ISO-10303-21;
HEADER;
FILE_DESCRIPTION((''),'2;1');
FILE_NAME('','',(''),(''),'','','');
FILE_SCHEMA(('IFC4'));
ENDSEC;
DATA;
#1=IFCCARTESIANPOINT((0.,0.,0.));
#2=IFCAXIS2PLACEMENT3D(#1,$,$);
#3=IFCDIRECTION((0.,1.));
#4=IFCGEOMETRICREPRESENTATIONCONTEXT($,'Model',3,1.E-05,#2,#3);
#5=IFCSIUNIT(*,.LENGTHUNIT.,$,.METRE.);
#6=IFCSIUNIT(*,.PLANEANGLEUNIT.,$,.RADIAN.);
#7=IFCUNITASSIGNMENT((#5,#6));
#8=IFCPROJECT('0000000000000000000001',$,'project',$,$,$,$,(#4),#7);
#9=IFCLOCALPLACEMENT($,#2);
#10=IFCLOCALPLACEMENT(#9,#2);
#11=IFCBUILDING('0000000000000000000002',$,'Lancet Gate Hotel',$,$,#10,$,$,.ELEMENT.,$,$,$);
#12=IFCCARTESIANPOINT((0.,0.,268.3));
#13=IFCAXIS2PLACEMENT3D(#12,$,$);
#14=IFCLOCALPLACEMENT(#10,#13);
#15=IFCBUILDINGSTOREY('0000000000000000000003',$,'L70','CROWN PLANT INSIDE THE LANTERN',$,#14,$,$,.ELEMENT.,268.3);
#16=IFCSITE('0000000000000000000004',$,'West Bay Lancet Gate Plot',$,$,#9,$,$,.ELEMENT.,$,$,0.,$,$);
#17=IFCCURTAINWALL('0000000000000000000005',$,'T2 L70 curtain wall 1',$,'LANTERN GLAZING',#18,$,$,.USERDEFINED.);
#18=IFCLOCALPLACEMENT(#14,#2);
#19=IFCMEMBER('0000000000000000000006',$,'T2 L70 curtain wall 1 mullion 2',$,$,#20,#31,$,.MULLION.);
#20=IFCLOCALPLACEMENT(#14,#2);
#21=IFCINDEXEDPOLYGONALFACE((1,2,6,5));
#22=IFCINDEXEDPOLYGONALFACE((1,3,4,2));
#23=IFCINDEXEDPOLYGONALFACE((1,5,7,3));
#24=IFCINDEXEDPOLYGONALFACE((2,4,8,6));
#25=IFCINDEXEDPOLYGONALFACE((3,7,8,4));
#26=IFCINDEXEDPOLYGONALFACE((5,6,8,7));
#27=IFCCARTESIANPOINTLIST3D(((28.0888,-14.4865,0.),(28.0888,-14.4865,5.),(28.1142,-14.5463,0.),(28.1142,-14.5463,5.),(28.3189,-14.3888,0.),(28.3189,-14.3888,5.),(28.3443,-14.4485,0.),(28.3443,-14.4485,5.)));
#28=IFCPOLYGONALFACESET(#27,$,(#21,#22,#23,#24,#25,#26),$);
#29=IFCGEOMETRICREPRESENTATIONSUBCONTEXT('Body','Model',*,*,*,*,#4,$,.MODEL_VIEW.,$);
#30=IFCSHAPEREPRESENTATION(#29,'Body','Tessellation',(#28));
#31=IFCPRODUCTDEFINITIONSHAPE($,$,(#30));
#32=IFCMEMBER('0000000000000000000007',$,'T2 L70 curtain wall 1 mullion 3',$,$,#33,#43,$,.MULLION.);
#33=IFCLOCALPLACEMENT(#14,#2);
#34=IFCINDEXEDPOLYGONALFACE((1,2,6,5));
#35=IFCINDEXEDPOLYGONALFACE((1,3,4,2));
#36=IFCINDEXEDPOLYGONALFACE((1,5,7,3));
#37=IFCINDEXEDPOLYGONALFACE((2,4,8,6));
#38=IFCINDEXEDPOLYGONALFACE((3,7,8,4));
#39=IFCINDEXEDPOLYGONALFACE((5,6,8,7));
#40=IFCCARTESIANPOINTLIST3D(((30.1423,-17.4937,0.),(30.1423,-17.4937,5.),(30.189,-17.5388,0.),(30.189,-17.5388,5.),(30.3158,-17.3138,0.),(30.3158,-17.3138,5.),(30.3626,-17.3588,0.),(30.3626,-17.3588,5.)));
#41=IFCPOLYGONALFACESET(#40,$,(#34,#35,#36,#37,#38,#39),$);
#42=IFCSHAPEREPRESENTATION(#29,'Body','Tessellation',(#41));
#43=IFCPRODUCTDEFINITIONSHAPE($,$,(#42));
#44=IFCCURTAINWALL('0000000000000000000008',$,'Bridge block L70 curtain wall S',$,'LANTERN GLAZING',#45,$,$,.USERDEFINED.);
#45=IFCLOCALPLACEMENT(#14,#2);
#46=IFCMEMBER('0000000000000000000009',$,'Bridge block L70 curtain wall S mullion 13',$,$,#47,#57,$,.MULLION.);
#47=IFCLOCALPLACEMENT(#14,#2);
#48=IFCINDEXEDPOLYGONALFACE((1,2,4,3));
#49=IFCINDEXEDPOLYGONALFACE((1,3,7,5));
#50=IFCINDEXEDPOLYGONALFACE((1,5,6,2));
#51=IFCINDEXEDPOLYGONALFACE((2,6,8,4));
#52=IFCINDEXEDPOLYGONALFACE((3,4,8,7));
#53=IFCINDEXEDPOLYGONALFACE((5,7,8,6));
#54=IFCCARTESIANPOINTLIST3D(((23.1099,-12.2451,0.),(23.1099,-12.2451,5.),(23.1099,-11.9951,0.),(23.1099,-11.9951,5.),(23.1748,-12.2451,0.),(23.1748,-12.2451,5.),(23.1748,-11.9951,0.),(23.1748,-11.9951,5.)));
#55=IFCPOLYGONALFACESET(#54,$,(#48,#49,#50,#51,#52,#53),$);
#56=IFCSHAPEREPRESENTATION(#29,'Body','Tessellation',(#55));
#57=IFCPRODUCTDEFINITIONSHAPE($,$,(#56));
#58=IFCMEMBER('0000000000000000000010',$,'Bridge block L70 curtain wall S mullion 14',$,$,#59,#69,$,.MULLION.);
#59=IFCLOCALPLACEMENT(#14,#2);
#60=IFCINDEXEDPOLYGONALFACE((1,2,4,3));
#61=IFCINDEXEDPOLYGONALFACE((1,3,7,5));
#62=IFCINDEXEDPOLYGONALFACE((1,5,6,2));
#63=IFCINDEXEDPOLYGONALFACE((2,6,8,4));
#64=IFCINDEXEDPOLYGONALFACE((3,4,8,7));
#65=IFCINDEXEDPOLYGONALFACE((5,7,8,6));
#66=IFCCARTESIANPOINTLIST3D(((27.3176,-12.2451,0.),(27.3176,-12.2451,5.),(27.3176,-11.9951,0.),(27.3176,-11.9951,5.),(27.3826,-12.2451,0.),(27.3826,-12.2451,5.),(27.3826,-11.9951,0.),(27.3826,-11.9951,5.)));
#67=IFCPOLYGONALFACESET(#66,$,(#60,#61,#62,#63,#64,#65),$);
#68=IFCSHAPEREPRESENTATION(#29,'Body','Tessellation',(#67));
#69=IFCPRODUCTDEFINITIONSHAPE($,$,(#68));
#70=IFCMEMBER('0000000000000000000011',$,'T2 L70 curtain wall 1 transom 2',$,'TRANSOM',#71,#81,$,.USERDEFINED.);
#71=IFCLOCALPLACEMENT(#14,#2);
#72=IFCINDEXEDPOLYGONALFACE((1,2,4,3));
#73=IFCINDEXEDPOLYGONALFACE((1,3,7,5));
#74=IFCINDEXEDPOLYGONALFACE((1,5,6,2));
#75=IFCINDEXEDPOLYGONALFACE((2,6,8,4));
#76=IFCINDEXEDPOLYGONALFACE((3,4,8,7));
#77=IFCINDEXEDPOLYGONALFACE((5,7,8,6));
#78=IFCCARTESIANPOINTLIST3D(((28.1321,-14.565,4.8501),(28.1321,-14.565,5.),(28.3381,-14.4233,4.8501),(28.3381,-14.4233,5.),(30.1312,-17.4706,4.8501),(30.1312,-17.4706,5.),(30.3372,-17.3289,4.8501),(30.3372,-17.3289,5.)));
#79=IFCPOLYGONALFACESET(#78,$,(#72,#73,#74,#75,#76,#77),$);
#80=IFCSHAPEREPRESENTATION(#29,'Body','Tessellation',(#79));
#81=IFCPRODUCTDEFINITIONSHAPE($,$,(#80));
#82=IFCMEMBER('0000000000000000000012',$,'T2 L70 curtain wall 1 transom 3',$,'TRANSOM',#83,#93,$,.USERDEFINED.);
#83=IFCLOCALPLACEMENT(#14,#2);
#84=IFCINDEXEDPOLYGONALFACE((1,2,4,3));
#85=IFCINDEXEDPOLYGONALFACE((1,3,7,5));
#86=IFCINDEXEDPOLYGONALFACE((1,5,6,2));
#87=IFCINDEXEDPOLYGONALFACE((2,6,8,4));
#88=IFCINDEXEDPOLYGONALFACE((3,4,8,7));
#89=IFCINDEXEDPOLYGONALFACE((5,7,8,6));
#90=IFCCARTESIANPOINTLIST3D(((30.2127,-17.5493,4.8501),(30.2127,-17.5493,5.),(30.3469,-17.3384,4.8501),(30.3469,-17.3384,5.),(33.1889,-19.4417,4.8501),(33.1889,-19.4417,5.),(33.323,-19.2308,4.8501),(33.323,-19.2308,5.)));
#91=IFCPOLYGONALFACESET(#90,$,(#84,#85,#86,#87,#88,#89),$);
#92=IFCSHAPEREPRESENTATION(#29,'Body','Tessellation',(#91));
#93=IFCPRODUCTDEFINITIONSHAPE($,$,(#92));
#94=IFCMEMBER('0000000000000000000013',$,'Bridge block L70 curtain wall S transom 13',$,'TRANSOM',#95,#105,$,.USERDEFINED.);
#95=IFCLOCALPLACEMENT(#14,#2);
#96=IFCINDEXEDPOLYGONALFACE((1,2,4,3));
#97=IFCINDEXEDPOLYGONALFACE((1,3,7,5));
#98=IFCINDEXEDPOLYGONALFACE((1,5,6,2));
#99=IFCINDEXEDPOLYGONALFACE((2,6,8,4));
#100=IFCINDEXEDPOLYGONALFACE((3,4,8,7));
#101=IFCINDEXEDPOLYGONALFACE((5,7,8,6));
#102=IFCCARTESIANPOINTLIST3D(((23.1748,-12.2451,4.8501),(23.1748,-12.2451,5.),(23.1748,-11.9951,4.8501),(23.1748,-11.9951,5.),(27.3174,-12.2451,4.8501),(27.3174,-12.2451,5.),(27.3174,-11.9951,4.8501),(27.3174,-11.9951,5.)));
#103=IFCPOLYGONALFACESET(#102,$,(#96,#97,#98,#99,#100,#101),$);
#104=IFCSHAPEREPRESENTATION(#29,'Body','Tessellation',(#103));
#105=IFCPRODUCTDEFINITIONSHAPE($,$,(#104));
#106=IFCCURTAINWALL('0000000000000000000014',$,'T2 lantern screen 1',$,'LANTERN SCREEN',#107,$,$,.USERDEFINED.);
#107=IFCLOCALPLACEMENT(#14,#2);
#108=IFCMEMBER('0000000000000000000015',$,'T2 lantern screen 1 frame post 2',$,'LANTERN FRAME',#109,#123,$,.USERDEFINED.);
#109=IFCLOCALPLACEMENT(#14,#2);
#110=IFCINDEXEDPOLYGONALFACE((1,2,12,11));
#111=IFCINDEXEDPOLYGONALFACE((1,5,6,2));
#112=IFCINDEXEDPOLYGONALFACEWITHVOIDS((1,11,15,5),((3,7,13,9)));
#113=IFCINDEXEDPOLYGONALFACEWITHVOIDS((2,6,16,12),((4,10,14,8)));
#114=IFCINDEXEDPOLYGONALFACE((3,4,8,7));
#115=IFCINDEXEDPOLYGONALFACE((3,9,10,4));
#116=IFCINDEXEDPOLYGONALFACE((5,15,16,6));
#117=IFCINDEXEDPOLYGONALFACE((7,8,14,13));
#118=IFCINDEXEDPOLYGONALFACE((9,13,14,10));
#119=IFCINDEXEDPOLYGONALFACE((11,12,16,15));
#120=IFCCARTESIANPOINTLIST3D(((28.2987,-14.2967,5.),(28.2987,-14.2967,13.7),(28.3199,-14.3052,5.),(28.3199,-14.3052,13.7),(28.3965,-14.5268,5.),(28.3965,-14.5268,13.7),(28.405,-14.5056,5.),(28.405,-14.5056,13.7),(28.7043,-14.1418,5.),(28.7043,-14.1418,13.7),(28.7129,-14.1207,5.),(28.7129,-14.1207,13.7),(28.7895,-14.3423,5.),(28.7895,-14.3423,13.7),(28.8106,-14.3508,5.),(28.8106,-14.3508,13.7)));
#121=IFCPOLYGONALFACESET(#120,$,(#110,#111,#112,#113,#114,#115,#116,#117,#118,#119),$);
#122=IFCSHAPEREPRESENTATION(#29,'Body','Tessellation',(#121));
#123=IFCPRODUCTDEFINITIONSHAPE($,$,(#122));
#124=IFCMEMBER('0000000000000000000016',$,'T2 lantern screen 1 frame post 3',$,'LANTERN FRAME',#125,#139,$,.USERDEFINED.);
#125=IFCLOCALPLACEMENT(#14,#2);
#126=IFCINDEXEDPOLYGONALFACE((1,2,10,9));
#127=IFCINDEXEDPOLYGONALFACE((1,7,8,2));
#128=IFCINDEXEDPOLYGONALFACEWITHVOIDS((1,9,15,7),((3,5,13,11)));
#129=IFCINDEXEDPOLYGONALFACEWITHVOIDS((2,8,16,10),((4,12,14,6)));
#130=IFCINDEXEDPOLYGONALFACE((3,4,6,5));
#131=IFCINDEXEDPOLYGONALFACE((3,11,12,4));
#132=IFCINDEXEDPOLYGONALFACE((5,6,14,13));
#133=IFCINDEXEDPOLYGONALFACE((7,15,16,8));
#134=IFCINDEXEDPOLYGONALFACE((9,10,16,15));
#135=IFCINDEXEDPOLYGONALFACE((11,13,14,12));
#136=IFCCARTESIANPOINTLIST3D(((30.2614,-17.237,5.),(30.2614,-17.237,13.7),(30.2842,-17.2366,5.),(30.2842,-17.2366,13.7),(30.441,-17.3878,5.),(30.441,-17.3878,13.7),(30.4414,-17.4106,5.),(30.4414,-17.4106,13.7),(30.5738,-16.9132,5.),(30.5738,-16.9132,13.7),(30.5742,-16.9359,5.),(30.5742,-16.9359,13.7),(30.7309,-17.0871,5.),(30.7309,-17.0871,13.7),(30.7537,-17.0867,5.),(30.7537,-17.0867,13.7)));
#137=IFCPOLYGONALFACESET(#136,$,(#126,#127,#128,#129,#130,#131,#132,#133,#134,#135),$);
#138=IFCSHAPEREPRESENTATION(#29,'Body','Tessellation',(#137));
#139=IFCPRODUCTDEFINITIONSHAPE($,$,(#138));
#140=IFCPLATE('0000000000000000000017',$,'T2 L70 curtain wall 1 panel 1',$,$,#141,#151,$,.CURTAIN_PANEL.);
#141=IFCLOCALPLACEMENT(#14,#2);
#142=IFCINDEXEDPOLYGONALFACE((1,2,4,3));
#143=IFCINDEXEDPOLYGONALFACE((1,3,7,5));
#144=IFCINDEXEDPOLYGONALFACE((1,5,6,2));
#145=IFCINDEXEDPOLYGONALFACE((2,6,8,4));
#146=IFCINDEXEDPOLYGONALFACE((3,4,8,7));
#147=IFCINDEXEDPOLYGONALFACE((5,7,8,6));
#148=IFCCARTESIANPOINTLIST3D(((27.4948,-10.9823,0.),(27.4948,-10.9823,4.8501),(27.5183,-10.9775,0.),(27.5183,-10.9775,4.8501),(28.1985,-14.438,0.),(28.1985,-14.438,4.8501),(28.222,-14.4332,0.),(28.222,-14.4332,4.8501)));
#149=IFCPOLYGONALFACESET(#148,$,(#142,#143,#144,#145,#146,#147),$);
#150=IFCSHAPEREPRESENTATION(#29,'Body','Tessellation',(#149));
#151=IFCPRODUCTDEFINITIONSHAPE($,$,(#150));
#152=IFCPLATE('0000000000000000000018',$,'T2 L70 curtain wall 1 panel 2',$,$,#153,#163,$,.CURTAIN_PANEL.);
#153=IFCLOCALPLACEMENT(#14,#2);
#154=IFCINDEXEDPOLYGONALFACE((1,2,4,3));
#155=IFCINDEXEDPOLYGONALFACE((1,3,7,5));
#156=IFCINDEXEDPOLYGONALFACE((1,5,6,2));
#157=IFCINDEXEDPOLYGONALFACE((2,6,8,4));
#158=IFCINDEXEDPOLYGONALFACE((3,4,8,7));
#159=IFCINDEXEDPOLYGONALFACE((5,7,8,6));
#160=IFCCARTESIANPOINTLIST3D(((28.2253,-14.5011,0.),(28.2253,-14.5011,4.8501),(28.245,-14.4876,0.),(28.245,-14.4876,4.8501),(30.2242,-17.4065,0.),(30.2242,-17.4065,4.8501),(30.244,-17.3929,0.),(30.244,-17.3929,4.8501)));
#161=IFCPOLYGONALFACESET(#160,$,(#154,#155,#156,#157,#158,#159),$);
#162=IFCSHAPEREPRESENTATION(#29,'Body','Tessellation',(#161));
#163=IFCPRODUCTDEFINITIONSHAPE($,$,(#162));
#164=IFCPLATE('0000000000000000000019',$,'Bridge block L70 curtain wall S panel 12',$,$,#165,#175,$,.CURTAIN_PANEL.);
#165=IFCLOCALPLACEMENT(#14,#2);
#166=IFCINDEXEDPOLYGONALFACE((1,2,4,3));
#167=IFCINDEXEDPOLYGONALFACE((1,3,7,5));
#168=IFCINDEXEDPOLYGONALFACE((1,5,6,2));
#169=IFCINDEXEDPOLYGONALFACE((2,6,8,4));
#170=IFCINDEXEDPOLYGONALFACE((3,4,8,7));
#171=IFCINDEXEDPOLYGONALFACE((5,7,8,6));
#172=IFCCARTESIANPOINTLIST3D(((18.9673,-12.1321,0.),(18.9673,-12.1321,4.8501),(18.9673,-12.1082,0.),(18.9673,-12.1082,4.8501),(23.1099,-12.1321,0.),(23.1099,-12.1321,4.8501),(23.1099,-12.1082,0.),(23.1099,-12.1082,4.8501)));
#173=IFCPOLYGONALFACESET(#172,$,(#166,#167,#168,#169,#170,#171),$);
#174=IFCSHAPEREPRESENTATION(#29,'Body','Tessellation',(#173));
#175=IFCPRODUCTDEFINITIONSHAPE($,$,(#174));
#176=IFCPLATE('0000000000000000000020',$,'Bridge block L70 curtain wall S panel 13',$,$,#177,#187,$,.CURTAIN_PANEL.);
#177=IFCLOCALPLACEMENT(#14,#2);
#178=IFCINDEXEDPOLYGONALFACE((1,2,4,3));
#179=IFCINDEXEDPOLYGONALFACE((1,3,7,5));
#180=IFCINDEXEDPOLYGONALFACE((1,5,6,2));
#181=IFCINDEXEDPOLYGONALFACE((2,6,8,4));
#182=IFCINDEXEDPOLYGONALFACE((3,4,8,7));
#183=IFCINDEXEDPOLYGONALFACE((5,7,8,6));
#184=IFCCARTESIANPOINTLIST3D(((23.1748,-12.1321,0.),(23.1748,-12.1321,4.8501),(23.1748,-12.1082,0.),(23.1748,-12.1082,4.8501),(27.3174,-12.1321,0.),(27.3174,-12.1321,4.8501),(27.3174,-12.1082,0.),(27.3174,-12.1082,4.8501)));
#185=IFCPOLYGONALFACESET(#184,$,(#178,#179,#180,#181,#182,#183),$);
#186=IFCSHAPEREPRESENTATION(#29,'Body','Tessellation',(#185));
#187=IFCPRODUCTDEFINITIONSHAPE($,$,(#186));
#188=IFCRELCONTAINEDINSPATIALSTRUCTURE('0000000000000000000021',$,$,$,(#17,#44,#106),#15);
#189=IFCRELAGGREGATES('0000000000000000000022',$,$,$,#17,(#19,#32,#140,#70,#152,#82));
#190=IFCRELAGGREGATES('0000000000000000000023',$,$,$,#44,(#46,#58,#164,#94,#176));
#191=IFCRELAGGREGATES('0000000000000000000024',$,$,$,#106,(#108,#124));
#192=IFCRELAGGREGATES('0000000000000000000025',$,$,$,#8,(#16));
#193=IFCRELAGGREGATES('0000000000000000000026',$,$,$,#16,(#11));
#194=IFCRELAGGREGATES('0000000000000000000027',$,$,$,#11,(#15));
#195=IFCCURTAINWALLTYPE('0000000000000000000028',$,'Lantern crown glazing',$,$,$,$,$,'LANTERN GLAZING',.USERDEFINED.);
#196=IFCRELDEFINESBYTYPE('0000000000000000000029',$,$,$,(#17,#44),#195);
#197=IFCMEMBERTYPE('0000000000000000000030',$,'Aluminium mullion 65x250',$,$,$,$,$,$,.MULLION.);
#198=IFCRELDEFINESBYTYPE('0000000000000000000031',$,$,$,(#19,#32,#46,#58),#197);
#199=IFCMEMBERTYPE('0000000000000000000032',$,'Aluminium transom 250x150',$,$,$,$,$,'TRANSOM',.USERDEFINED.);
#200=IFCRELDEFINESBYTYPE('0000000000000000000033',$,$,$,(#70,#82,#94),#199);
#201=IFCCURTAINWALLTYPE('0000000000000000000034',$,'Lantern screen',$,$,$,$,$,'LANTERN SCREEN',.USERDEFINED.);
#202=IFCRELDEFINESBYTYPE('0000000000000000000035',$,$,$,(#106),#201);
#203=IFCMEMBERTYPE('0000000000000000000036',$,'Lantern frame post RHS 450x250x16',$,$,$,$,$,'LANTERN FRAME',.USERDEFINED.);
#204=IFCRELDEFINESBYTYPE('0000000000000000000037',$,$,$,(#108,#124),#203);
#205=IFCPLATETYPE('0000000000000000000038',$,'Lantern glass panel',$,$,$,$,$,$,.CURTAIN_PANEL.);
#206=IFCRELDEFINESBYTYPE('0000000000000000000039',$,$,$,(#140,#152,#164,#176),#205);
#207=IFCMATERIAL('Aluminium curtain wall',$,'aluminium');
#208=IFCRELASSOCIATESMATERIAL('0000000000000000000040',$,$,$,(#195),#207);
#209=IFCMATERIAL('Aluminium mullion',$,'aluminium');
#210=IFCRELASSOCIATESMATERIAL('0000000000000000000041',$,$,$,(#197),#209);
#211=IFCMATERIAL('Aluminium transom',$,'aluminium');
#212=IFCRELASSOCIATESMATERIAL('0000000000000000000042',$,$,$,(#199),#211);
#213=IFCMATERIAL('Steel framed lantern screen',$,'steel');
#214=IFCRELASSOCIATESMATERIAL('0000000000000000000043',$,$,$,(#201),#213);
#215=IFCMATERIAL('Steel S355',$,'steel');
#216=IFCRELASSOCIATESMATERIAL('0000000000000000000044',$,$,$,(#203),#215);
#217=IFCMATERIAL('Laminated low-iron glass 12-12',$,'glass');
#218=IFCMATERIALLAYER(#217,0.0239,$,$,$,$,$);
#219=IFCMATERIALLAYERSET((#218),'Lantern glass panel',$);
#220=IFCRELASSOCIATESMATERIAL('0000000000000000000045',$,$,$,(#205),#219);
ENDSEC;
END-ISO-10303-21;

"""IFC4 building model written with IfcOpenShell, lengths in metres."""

from ifc_helpers import new_model, si_unit, direction, frame, origin, origin_2d, place, context, subcontext, project, spatial, rectangle, hollow_rectangle, extrude, material, layer, layer_set, material_profile, profile_set, type_object, element, aggregate, save


model = new_model("IFC4")

# Units and contexts
model_context = context("Model", 3, precision=1e-05, world=origin(), true_north=direction((0.0, 1.0)))
body_context = subcontext(model_context, "Body", "Model", "MODEL_VIEW")
ifc_project = project(units=[si_unit("LENGTHUNIT", "METRE"), si_unit("PLANEANGLEUNIT", "RADIAN")], contexts=[model_context])

# Site, building, storey
site_placement = place(None, origin())
site = spatial("IfcSite", under=ifc_project, at=site_placement, Name="West Bay Lancet Gate Plot", CompositionType="ELEMENT", RefElevation=0.0)
building_placement = place(site_placement, origin())
building = spatial("IfcBuilding", under=site, at=building_placement, Name="Lancet Gate Hotel", CompositionType="ELEMENT")
storey_placement = place(building_placement, frame((0.0, 0.0, 268.3)))
storey = spatial("IfcBuildingStorey", under=building, at=storey_placement, Name="L70", Description="CROWN PLANT INSIDE THE LANTERN", CompositionType="ELEMENT", Elevation=268.3)

# Curtain walls, members
ifc_material_1 = material(Name="Aluminium curtain wall", Category="aluminium")
curtain_wall_type_1 = type_object("IfcCurtainWallType", Name="Lantern crown glazing", ElementType="LANTERN GLAZING", PredefinedType="USERDEFINED", material=ifc_material_1)
curtain_wall_1_placement = place(storey_placement, origin())
curtain_wall_1 = element("IfcCurtainWall", 1, at=curtain_wall_1_placement, inside=storey, type_object=curtain_wall_type_1, Name="T2 L70 curtain wall 1", ObjectType="LANTERN GLAZING", PredefinedType="USERDEFINED")
ifc_material_2 = material(Name="Aluminium mullion", Category="aluminium")
ifc_material_profile_1 = material_profile(ifc_material_2, rectangle(XDim=0.0649, YDim=0.25, at=origin_2d()), Name="MULLION 65x250")
ifc_profile_set_1 = profile_set([ifc_material_profile_1], Name="Aluminium mullion")
member_type_1 = type_object("IfcMemberType", Name="Aluminium mullion 65x250", PredefinedType="MULLION", material=ifc_profile_set_1)
member_1_placement = place(storey_placement, frame((28.2166, -14.4675, 0.0), z_axis=(0.0, 0.0, 1.0), x_axis=(0.391042, -0.920373, 0.0)))
member_1 = element("IfcMember", 2, at=member_1_placement, type_object=member_type_1, Name="T2 L70 curtain wall 1 mullion 2", PredefinedType="MULLION", context=body_context, shape_type="SweptSolid", body=[
    extrude(rectangle(XDim=0.0649, YDim=0.25, at=origin_2d()), origin(), (0.0, 0.0, 1.0), 5.0),
])
member_2_placement = place(storey_placement, frame((30.2524, -17.4263, 0.0), z_axis=(0.0, 0.0, 1.0), x_axis=(0.719809, -0.694172, 0.0)))
member_2 = element("IfcMember", 3, at=member_2_placement, type_object=member_type_1, Name="T2 L70 curtain wall 1 mullion 3", PredefinedType="MULLION", context=body_context, shape_type="SweptSolid", body=[
    extrude(rectangle(XDim=0.0649, YDim=0.25, at=origin_2d()), origin(), (0.0, 0.0, 1.0), 5.0),
])
curtain_wall_2_placement = place(storey_placement, origin())
curtain_wall_2 = element("IfcCurtainWall", 4, at=curtain_wall_2_placement, inside=storey, type_object=curtain_wall_type_1, Name="Bridge block L70 curtain wall S", ObjectType="LANTERN GLAZING", PredefinedType="USERDEFINED")
member_3_placement = place(storey_placement, frame((23.1423, -12.1201, 0.0), z_axis=(0.0, 0.0, 1.0), x_axis=(1.0, 0.0, 0.0)))
member_3 = element("IfcMember", 5, at=member_3_placement, type_object=member_type_1, Name="Bridge block L70 curtain wall S mullion 13", PredefinedType="MULLION", context=body_context, shape_type="SweptSolid", body=[
    extrude(rectangle(XDim=0.0649, YDim=0.25, at=origin_2d()), origin(), (0.0, 0.0, 1.0), 5.0),
])
member_4_placement = place(storey_placement, frame((27.3501, -12.1201, 0.0), z_axis=(0.0, 0.0, 1.0), x_axis=(1.0, 0.0, 0.0)))
member_4 = element("IfcMember", 6, at=member_4_placement, type_object=member_type_1, Name="Bridge block L70 curtain wall S mullion 14", PredefinedType="MULLION", context=body_context, shape_type="SweptSolid", body=[
    extrude(rectangle(XDim=0.0649, YDim=0.25, at=origin_2d()), origin(), (0.0, 0.0, 1.0), 5.0),
])

# Members
ifc_material_3 = material(Name="Aluminium transom", Category="aluminium")
ifc_material_profile_2 = material_profile(ifc_material_3, rectangle(XDim=0.25, YDim=0.1499, at=origin_2d()), Name="TRANSOM 250x150")
ifc_profile_set_2 = profile_set([ifc_material_profile_2], Name="Aluminium transom")
member_type_2 = type_object("IfcMemberType", Name="Aluminium transom 250x150", ElementType="TRANSOM", PredefinedType="USERDEFINED", material=ifc_profile_set_2)
member_5_placement = place(storey_placement, frame((28.2351, -14.4941, 4.925), z_axis=(0.566814, -0.823846, 0.0), x_axis=(0.823846, 0.566814, 0.0)))
member_5 = element("IfcMember", 7, at=member_5_placement, type_object=member_type_2, Name="T2 L70 curtain wall 1 transom 2", ObjectType="TRANSOM", PredefinedType="USERDEFINED", context=body_context, shape_type="SweptSolid", body=[
    extrude(rectangle(XDim=0.25, YDim=0.1499, at=origin_2d()), origin(), (0.0, 0.0, 1.0), 3.5269),
])
member_6_placement = place(storey_placement, frame((30.2798, -17.4438, 4.925), z_axis=(0.843858, -0.536566, 0.0), x_axis=(0.536566, 0.843858, 0.0)))
member_6 = element("IfcMember", 8, at=member_6_placement, type_object=member_type_2, Name="T2 L70 curtain wall 1 transom 3", ObjectType="TRANSOM", PredefinedType="USERDEFINED", context=body_context, shape_type="SweptSolid", body=[
    extrude(rectangle(XDim=0.25, YDim=0.1499, at=origin_2d()), origin(), (0.0, 0.0, 1.0), 3.5269),
])
member_7_placement = place(storey_placement, frame((23.1748, -12.1201, 4.925), z_axis=(1.0, 0.0, 0.0), x_axis=(0.0, 1.0, 0.0)))
member_7 = element("IfcMember", 9, at=member_7_placement, type_object=member_type_2, Name="Bridge block L70 curtain wall S transom 13", ObjectType="TRANSOM", PredefinedType="USERDEFINED", context=body_context, shape_type="SweptSolid", body=[
    extrude(rectangle(XDim=0.25, YDim=0.1499, at=origin_2d()), origin(), (0.0, 0.0, 1.0), 4.1426),
])

# Curtain wall, members
ifc_material_4 = material(Name="Steel framed lantern screen", Category="steel")
curtain_wall_type_2 = type_object("IfcCurtainWallType", Name="Lantern screen", ElementType="LANTERN SCREEN", PredefinedType="USERDEFINED", material=ifc_material_4)
curtain_wall_3_placement = place(storey_placement, origin())
curtain_wall_3 = element("IfcCurtainWall", 10, at=curtain_wall_3_placement, inside=storey, type_object=curtain_wall_type_2, Name="T2 lantern screen 1", ObjectType="LANTERN SCREEN", PredefinedType="USERDEFINED")
ifc_material_5 = material(Name="Steel S355", Category="steel")
ifc_material_profile_3 = material_profile(ifc_material_5, hollow_rectangle(XDim=0.25, YDim=0.45, WallThickness=0.0161, at=origin_2d()), Name="RHS 450x250x16")
ifc_profile_set_3 = profile_set([ifc_material_profile_3], Name="Steel S355")
member_type_3 = type_object("IfcMemberType", Name="Lantern frame post RHS 450x250x16", ElementType="LANTERN FRAME", PredefinedType="USERDEFINED", material=ifc_profile_set_3)
member_8_placement = place(storey_placement, frame((28.5547, -14.3237, 5.0), z_axis=(0.0, 0.0, 1.0), x_axis=(0.391042, -0.920373, 0.0)))
member_8 = element("IfcMember", 11, at=member_8_placement, type_object=member_type_3, Name="T2 lantern screen 1 frame post 2", ObjectType="LANTERN FRAME", PredefinedType="USERDEFINED", context=body_context, shape_type="SweptSolid", body=[
    extrude(hollow_rectangle(XDim=0.25, YDim=0.45, WallThickness=0.0161, at=origin_2d()), origin(), (0.0, 0.0, 1.0), 8.7),
])
member_9_placement = place(storey_placement, frame((30.5076, -17.1619, 5.0), z_axis=(0.0, 0.0, 1.0), x_axis=(0.719809, -0.694172, 0.0)))
member_9 = element("IfcMember", 12, at=member_9_placement, type_object=member_type_3, Name="T2 lantern screen 1 frame post 3", ObjectType="LANTERN FRAME", PredefinedType="USERDEFINED", context=body_context, shape_type="SweptSolid", body=[
    extrude(hollow_rectangle(XDim=0.25, YDim=0.45, WallThickness=0.0161, at=origin_2d()), origin(), (0.0, 0.0, 1.0), 8.7),
])

# Plates
ifc_material_6 = material(Name="Laminated low-iron glass 12-12", Category="glass")
ifc_layer_1 = layer(ifc_material_6, 0.0239)
ifc_layer_set_1 = layer_set([ifc_layer_1], Name="Lantern glass panel")
plate_type_1 = type_object("IfcPlateType", Name="Lantern glass panel", PredefinedType="CURTAIN_PANEL", material=ifc_layer_set_1)
plate_1_placement = place(storey_placement, frame((27.8584, -12.7078, 0.0), z_axis=(0.0, 0.0, 1.0), x_axis=(0.199533, -0.979891, 0.0)))
plate_1 = element("IfcPlate", 13, at=plate_1_placement, type_object=plate_type_1, Name="T2 L70 curtain wall 1 panel 1", PredefinedType="CURTAIN_PANEL", context=body_context, shape_type="SweptSolid", body=[
    extrude(rectangle(XDim=3.5266, YDim=0.0239, at=origin_2d()), origin(), (0.0, 0.0, 1.0), 4.8501),
])
plate_2_placement = place(storey_placement, frame((29.2346, -15.947, 0.0), z_axis=(0.0, 0.0, 1.0), x_axis=(0.566824, -0.823839, 0.0)))
plate_2 = element("IfcPlate", 14, at=plate_2_placement, type_object=plate_type_1, Name="T2 L70 curtain wall 1 panel 2", PredefinedType="CURTAIN_PANEL", context=body_context, shape_type="SweptSolid", body=[
    extrude(rectangle(XDim=3.5266, YDim=0.0239, at=origin_2d()), origin(), (0.0, 0.0, 1.0), 4.8501),
])
aggregate(curtain_wall_1, [member_1, member_2, plate_1, member_5, plate_2, member_6])
plate_3_placement = place(storey_placement, frame((21.0386, -12.1201, 0.0), z_axis=(0.0, 0.0, 1.0), x_axis=(1.0, 0.0, 0.0)))
plate_3 = element("IfcPlate", 15, at=plate_3_placement, type_object=plate_type_1, Name="Bridge block L70 curtain wall S panel 12", PredefinedType="CURTAIN_PANEL", context=body_context, shape_type="SweptSolid", body=[
    extrude(rectangle(XDim=4.1426, YDim=0.0239, at=origin_2d()), origin(), (0.0, 0.0, 1.0), 4.8501),
])
plate_4_placement = place(storey_placement, frame((25.2461, -12.1201, 0.0), z_axis=(0.0, 0.0, 1.0), x_axis=(1.0, 0.0, 0.0)))
plate_4 = element("IfcPlate", 16, at=plate_4_placement, type_object=plate_type_1, Name="Bridge block L70 curtain wall S panel 13", PredefinedType="CURTAIN_PANEL", context=body_context, shape_type="SweptSolid", body=[
    extrude(rectangle(XDim=4.1426, YDim=0.0239, at=origin_2d()), origin(), (0.0, 0.0, 1.0), 4.8501),
])
aggregate(curtain_wall_2, [member_3, member_4, plate_3, member_7, plate_4])
aggregate(curtain_wall_3, [member_8, member_9])

save(model, "model.ifc")
